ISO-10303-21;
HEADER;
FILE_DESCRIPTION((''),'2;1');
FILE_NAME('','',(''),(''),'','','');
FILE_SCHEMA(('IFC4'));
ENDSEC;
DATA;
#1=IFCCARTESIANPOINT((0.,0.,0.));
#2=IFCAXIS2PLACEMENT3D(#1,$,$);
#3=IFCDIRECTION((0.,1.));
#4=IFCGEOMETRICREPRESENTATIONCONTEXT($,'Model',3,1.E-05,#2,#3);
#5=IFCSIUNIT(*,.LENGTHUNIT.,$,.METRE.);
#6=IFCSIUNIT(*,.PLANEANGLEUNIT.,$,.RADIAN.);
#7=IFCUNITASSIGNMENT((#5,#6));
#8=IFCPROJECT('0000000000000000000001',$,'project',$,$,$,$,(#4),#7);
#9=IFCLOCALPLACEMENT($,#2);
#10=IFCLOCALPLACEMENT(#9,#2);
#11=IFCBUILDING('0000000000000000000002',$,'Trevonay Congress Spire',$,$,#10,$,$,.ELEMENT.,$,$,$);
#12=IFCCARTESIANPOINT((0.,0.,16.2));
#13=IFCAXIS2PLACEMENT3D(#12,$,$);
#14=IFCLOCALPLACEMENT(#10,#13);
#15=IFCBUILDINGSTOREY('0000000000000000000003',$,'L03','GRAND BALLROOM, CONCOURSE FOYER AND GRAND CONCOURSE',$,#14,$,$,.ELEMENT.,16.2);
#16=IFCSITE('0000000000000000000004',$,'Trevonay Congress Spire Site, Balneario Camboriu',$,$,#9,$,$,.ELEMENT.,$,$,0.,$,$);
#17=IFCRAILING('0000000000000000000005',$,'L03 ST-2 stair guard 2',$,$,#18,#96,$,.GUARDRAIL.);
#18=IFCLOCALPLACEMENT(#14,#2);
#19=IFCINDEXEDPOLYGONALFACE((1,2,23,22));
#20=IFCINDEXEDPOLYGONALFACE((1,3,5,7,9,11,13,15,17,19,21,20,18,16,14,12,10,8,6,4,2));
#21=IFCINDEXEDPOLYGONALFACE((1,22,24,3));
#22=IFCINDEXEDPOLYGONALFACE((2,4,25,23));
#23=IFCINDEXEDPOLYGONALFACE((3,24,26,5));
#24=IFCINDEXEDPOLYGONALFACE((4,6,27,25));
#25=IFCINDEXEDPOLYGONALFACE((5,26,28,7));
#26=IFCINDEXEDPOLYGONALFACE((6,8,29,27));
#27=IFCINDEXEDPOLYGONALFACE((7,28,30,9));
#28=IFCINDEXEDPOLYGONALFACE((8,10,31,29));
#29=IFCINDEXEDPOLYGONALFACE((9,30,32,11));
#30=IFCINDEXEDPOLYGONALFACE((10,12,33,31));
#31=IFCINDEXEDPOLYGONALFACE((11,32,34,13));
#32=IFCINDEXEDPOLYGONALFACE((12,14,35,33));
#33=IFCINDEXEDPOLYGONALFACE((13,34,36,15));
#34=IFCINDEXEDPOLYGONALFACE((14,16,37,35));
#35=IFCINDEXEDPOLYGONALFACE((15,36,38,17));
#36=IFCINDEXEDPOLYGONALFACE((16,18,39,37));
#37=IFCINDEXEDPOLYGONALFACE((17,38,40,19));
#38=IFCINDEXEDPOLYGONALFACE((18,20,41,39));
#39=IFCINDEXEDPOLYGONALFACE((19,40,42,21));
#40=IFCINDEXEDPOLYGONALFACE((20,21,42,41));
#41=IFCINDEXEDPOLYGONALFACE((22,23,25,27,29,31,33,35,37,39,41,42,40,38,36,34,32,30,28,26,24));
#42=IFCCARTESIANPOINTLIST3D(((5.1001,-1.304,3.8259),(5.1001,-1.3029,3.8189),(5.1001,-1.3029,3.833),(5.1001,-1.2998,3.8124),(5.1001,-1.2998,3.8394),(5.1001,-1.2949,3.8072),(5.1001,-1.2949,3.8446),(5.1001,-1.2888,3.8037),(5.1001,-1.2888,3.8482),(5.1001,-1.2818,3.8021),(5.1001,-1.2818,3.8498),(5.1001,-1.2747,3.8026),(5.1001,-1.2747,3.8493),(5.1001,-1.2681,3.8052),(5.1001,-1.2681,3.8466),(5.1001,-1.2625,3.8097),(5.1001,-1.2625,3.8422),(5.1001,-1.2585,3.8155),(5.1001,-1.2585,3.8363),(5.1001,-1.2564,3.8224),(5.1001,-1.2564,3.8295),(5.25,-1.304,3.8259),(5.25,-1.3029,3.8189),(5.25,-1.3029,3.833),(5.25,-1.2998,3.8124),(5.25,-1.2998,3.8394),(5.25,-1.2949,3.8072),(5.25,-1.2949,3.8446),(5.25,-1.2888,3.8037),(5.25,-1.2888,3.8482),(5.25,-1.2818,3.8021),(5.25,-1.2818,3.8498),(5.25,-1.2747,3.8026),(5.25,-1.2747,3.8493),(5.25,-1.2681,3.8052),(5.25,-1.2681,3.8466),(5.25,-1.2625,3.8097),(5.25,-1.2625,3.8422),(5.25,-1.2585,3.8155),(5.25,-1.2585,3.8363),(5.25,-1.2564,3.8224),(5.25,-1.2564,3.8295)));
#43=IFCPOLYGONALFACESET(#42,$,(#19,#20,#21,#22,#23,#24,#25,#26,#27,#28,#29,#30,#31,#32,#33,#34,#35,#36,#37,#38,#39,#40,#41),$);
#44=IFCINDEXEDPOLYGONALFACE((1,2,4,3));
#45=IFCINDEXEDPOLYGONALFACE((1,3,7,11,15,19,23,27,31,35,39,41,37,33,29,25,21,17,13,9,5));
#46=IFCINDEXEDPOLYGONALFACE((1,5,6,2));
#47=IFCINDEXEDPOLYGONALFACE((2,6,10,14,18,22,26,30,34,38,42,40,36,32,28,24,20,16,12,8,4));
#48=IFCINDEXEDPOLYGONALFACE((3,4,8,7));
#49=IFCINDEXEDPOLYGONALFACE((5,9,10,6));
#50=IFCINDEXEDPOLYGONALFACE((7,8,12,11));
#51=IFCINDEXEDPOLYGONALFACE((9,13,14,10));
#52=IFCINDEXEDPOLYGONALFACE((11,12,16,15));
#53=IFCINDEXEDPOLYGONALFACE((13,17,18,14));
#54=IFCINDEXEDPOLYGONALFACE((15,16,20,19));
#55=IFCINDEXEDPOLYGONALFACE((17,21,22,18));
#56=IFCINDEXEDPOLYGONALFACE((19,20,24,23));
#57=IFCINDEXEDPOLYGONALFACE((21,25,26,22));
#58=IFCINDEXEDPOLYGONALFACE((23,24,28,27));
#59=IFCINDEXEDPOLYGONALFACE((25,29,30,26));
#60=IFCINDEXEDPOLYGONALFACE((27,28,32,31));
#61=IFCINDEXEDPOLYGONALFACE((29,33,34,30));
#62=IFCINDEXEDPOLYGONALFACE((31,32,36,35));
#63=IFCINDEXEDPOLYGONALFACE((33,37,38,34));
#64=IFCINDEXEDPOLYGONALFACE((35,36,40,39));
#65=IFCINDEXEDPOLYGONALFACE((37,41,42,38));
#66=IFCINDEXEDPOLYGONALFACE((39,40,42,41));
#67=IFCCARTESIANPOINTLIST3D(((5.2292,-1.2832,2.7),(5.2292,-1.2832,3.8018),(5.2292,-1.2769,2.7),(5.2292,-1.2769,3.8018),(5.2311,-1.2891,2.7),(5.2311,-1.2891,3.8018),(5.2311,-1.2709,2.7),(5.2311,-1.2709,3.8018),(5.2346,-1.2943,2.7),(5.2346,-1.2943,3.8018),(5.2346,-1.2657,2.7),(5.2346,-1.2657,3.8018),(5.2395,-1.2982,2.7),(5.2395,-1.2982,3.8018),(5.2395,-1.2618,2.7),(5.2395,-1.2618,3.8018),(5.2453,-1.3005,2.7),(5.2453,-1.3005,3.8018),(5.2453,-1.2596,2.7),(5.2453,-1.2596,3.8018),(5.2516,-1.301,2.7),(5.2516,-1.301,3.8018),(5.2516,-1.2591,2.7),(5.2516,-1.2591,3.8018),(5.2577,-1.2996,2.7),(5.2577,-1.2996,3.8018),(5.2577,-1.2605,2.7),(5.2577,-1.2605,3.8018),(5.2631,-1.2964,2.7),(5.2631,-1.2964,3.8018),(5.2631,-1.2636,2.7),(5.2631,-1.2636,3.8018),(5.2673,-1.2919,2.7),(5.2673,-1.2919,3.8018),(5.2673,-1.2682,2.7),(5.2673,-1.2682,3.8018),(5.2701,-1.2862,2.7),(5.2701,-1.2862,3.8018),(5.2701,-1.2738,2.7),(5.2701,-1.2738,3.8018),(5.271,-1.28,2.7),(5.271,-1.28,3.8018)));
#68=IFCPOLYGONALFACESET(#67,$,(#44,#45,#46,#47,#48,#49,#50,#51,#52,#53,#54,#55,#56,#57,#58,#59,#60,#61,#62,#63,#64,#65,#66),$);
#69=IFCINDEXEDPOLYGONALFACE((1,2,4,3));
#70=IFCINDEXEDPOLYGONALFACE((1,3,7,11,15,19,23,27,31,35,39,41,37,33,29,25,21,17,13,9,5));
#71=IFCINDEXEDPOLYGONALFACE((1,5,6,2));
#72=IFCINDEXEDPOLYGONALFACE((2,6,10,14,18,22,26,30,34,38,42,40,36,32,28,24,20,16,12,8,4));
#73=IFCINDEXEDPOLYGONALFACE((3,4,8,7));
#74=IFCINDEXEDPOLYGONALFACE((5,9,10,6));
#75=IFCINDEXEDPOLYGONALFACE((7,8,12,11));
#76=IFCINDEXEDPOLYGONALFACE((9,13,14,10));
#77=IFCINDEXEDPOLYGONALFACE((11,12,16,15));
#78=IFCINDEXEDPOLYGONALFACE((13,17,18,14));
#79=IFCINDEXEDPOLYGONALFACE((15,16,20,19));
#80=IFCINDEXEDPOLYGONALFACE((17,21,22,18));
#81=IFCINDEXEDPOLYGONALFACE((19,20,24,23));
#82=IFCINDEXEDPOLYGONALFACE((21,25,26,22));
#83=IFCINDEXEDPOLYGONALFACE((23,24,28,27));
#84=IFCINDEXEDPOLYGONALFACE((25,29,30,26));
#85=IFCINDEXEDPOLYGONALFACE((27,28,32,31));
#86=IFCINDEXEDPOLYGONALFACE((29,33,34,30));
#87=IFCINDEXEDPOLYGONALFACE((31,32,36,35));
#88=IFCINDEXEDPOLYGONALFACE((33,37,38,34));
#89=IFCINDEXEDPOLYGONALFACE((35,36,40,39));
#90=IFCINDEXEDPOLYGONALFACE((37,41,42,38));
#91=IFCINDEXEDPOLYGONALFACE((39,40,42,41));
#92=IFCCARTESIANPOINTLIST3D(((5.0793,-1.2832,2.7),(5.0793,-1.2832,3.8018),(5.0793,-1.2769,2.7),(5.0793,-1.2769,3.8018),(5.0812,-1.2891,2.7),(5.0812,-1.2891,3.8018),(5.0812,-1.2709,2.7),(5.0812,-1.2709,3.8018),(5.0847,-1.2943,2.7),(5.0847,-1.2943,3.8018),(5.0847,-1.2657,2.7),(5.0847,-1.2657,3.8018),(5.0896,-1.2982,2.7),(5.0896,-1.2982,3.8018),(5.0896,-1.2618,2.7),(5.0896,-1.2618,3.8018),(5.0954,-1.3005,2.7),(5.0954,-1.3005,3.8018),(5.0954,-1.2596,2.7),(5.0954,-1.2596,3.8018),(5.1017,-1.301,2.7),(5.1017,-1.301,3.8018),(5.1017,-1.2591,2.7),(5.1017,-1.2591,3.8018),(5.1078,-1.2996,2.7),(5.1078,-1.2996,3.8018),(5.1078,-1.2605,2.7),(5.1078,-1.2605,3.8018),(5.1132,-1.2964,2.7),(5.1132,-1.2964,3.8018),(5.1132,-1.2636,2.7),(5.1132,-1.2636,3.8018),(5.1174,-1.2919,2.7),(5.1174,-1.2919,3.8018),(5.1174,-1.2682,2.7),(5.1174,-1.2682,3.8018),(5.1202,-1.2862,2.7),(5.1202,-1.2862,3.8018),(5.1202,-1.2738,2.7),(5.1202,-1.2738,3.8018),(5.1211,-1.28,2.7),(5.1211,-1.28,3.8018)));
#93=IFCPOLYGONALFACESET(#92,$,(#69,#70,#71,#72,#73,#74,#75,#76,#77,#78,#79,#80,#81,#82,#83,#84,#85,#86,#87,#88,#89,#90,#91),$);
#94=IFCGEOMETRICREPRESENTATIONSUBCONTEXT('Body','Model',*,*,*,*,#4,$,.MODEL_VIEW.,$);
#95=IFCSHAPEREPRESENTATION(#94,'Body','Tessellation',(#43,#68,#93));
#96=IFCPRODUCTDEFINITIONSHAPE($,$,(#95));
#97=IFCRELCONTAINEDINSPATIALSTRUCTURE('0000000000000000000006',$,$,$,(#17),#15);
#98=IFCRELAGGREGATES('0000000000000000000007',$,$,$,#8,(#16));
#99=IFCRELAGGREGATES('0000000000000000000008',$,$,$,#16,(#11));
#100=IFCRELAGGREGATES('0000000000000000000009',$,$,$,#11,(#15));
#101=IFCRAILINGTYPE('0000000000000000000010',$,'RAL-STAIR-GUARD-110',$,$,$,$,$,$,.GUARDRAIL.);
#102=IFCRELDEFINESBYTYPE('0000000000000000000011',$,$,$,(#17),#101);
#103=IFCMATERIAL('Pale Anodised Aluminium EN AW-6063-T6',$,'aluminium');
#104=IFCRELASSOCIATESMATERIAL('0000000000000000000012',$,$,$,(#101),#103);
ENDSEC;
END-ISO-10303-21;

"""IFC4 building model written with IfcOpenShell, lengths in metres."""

from ifc_helpers import new_model, si_unit, direction, frame, origin, origin_2d, place, context, subcontext, project, spatial, circle, extrude, material, type_object, element, save


model = new_model("IFC4")

# Units and contexts
model_context = context("Model", 3, precision=1e-05, world=origin(), true_north=direction((0.0, 1.0)))
body_context = subcontext(model_context, "Body", "Model", "MODEL_VIEW")
ifc_project = project(units=[si_unit("LENGTHUNIT", "METRE"), si_unit("PLANEANGLEUNIT", "RADIAN")], contexts=[model_context])

# Site, building, storey
site_placement = place(None, origin())
site = spatial("IfcSite", under=ifc_project, at=site_placement, Name="Trevonay Congress Spire Site, Balneario Camboriu", CompositionType="ELEMENT", RefElevation=0.0)
building_placement = place(site_placement, origin())
building = spatial("IfcBuilding", under=site, at=building_placement, Name="Trevonay Congress Spire", CompositionType="ELEMENT")
storey_placement = place(building_placement, frame((0.0, 0.0, 16.2)))
storey = spatial("IfcBuildingStorey", under=building, at=storey_placement, Name="L03", Description="GRAND BALLROOM, CONCOURSE FOYER AND GRAND CONCOURSE", CompositionType="ELEMENT", Elevation=16.2)

# Railing
ifc_material_1 = material(Name="Pale Anodised Aluminium EN AW-6063-T6", Category="aluminium")
railing_type_1 = type_object("IfcRailingType", Name="RAL-STAIR-GUARD-110", PredefinedType="GUARDRAIL", material=ifc_material_1)
railing_1_placement = place(storey_placement, frame((5.25, -1.28, 2.7)))
element("IfcRailing", 1, at=railing_1_placement, inside=storey, type_object=railing_type_1, Name="L03 ST-2 stair guard 2", PredefinedType="GUARDRAIL", context=body_context, shape_type="SweptSolid", body=[
    extrude(circle(Radius=0.0239, at=origin_2d()), frame((0.0, 0.0, 1.126), z_axis=(-1.0, 0.0, 0.0), x_axis=(0.0, -1.0, 0.0)), (0.0, 0.0, 1.0), 0.1499),
    extrude(circle(Radius=0.021, at=origin_2d()), origin(), (0.0, 0.0, 1.0), 1.1018),
    extrude(circle(Radius=0.021, at=origin_2d()), frame((-0.1499, 0.0, 0.0)), (0.0, 0.0, 1.0), 1.1018),
])

save(model, "model.ifc")
